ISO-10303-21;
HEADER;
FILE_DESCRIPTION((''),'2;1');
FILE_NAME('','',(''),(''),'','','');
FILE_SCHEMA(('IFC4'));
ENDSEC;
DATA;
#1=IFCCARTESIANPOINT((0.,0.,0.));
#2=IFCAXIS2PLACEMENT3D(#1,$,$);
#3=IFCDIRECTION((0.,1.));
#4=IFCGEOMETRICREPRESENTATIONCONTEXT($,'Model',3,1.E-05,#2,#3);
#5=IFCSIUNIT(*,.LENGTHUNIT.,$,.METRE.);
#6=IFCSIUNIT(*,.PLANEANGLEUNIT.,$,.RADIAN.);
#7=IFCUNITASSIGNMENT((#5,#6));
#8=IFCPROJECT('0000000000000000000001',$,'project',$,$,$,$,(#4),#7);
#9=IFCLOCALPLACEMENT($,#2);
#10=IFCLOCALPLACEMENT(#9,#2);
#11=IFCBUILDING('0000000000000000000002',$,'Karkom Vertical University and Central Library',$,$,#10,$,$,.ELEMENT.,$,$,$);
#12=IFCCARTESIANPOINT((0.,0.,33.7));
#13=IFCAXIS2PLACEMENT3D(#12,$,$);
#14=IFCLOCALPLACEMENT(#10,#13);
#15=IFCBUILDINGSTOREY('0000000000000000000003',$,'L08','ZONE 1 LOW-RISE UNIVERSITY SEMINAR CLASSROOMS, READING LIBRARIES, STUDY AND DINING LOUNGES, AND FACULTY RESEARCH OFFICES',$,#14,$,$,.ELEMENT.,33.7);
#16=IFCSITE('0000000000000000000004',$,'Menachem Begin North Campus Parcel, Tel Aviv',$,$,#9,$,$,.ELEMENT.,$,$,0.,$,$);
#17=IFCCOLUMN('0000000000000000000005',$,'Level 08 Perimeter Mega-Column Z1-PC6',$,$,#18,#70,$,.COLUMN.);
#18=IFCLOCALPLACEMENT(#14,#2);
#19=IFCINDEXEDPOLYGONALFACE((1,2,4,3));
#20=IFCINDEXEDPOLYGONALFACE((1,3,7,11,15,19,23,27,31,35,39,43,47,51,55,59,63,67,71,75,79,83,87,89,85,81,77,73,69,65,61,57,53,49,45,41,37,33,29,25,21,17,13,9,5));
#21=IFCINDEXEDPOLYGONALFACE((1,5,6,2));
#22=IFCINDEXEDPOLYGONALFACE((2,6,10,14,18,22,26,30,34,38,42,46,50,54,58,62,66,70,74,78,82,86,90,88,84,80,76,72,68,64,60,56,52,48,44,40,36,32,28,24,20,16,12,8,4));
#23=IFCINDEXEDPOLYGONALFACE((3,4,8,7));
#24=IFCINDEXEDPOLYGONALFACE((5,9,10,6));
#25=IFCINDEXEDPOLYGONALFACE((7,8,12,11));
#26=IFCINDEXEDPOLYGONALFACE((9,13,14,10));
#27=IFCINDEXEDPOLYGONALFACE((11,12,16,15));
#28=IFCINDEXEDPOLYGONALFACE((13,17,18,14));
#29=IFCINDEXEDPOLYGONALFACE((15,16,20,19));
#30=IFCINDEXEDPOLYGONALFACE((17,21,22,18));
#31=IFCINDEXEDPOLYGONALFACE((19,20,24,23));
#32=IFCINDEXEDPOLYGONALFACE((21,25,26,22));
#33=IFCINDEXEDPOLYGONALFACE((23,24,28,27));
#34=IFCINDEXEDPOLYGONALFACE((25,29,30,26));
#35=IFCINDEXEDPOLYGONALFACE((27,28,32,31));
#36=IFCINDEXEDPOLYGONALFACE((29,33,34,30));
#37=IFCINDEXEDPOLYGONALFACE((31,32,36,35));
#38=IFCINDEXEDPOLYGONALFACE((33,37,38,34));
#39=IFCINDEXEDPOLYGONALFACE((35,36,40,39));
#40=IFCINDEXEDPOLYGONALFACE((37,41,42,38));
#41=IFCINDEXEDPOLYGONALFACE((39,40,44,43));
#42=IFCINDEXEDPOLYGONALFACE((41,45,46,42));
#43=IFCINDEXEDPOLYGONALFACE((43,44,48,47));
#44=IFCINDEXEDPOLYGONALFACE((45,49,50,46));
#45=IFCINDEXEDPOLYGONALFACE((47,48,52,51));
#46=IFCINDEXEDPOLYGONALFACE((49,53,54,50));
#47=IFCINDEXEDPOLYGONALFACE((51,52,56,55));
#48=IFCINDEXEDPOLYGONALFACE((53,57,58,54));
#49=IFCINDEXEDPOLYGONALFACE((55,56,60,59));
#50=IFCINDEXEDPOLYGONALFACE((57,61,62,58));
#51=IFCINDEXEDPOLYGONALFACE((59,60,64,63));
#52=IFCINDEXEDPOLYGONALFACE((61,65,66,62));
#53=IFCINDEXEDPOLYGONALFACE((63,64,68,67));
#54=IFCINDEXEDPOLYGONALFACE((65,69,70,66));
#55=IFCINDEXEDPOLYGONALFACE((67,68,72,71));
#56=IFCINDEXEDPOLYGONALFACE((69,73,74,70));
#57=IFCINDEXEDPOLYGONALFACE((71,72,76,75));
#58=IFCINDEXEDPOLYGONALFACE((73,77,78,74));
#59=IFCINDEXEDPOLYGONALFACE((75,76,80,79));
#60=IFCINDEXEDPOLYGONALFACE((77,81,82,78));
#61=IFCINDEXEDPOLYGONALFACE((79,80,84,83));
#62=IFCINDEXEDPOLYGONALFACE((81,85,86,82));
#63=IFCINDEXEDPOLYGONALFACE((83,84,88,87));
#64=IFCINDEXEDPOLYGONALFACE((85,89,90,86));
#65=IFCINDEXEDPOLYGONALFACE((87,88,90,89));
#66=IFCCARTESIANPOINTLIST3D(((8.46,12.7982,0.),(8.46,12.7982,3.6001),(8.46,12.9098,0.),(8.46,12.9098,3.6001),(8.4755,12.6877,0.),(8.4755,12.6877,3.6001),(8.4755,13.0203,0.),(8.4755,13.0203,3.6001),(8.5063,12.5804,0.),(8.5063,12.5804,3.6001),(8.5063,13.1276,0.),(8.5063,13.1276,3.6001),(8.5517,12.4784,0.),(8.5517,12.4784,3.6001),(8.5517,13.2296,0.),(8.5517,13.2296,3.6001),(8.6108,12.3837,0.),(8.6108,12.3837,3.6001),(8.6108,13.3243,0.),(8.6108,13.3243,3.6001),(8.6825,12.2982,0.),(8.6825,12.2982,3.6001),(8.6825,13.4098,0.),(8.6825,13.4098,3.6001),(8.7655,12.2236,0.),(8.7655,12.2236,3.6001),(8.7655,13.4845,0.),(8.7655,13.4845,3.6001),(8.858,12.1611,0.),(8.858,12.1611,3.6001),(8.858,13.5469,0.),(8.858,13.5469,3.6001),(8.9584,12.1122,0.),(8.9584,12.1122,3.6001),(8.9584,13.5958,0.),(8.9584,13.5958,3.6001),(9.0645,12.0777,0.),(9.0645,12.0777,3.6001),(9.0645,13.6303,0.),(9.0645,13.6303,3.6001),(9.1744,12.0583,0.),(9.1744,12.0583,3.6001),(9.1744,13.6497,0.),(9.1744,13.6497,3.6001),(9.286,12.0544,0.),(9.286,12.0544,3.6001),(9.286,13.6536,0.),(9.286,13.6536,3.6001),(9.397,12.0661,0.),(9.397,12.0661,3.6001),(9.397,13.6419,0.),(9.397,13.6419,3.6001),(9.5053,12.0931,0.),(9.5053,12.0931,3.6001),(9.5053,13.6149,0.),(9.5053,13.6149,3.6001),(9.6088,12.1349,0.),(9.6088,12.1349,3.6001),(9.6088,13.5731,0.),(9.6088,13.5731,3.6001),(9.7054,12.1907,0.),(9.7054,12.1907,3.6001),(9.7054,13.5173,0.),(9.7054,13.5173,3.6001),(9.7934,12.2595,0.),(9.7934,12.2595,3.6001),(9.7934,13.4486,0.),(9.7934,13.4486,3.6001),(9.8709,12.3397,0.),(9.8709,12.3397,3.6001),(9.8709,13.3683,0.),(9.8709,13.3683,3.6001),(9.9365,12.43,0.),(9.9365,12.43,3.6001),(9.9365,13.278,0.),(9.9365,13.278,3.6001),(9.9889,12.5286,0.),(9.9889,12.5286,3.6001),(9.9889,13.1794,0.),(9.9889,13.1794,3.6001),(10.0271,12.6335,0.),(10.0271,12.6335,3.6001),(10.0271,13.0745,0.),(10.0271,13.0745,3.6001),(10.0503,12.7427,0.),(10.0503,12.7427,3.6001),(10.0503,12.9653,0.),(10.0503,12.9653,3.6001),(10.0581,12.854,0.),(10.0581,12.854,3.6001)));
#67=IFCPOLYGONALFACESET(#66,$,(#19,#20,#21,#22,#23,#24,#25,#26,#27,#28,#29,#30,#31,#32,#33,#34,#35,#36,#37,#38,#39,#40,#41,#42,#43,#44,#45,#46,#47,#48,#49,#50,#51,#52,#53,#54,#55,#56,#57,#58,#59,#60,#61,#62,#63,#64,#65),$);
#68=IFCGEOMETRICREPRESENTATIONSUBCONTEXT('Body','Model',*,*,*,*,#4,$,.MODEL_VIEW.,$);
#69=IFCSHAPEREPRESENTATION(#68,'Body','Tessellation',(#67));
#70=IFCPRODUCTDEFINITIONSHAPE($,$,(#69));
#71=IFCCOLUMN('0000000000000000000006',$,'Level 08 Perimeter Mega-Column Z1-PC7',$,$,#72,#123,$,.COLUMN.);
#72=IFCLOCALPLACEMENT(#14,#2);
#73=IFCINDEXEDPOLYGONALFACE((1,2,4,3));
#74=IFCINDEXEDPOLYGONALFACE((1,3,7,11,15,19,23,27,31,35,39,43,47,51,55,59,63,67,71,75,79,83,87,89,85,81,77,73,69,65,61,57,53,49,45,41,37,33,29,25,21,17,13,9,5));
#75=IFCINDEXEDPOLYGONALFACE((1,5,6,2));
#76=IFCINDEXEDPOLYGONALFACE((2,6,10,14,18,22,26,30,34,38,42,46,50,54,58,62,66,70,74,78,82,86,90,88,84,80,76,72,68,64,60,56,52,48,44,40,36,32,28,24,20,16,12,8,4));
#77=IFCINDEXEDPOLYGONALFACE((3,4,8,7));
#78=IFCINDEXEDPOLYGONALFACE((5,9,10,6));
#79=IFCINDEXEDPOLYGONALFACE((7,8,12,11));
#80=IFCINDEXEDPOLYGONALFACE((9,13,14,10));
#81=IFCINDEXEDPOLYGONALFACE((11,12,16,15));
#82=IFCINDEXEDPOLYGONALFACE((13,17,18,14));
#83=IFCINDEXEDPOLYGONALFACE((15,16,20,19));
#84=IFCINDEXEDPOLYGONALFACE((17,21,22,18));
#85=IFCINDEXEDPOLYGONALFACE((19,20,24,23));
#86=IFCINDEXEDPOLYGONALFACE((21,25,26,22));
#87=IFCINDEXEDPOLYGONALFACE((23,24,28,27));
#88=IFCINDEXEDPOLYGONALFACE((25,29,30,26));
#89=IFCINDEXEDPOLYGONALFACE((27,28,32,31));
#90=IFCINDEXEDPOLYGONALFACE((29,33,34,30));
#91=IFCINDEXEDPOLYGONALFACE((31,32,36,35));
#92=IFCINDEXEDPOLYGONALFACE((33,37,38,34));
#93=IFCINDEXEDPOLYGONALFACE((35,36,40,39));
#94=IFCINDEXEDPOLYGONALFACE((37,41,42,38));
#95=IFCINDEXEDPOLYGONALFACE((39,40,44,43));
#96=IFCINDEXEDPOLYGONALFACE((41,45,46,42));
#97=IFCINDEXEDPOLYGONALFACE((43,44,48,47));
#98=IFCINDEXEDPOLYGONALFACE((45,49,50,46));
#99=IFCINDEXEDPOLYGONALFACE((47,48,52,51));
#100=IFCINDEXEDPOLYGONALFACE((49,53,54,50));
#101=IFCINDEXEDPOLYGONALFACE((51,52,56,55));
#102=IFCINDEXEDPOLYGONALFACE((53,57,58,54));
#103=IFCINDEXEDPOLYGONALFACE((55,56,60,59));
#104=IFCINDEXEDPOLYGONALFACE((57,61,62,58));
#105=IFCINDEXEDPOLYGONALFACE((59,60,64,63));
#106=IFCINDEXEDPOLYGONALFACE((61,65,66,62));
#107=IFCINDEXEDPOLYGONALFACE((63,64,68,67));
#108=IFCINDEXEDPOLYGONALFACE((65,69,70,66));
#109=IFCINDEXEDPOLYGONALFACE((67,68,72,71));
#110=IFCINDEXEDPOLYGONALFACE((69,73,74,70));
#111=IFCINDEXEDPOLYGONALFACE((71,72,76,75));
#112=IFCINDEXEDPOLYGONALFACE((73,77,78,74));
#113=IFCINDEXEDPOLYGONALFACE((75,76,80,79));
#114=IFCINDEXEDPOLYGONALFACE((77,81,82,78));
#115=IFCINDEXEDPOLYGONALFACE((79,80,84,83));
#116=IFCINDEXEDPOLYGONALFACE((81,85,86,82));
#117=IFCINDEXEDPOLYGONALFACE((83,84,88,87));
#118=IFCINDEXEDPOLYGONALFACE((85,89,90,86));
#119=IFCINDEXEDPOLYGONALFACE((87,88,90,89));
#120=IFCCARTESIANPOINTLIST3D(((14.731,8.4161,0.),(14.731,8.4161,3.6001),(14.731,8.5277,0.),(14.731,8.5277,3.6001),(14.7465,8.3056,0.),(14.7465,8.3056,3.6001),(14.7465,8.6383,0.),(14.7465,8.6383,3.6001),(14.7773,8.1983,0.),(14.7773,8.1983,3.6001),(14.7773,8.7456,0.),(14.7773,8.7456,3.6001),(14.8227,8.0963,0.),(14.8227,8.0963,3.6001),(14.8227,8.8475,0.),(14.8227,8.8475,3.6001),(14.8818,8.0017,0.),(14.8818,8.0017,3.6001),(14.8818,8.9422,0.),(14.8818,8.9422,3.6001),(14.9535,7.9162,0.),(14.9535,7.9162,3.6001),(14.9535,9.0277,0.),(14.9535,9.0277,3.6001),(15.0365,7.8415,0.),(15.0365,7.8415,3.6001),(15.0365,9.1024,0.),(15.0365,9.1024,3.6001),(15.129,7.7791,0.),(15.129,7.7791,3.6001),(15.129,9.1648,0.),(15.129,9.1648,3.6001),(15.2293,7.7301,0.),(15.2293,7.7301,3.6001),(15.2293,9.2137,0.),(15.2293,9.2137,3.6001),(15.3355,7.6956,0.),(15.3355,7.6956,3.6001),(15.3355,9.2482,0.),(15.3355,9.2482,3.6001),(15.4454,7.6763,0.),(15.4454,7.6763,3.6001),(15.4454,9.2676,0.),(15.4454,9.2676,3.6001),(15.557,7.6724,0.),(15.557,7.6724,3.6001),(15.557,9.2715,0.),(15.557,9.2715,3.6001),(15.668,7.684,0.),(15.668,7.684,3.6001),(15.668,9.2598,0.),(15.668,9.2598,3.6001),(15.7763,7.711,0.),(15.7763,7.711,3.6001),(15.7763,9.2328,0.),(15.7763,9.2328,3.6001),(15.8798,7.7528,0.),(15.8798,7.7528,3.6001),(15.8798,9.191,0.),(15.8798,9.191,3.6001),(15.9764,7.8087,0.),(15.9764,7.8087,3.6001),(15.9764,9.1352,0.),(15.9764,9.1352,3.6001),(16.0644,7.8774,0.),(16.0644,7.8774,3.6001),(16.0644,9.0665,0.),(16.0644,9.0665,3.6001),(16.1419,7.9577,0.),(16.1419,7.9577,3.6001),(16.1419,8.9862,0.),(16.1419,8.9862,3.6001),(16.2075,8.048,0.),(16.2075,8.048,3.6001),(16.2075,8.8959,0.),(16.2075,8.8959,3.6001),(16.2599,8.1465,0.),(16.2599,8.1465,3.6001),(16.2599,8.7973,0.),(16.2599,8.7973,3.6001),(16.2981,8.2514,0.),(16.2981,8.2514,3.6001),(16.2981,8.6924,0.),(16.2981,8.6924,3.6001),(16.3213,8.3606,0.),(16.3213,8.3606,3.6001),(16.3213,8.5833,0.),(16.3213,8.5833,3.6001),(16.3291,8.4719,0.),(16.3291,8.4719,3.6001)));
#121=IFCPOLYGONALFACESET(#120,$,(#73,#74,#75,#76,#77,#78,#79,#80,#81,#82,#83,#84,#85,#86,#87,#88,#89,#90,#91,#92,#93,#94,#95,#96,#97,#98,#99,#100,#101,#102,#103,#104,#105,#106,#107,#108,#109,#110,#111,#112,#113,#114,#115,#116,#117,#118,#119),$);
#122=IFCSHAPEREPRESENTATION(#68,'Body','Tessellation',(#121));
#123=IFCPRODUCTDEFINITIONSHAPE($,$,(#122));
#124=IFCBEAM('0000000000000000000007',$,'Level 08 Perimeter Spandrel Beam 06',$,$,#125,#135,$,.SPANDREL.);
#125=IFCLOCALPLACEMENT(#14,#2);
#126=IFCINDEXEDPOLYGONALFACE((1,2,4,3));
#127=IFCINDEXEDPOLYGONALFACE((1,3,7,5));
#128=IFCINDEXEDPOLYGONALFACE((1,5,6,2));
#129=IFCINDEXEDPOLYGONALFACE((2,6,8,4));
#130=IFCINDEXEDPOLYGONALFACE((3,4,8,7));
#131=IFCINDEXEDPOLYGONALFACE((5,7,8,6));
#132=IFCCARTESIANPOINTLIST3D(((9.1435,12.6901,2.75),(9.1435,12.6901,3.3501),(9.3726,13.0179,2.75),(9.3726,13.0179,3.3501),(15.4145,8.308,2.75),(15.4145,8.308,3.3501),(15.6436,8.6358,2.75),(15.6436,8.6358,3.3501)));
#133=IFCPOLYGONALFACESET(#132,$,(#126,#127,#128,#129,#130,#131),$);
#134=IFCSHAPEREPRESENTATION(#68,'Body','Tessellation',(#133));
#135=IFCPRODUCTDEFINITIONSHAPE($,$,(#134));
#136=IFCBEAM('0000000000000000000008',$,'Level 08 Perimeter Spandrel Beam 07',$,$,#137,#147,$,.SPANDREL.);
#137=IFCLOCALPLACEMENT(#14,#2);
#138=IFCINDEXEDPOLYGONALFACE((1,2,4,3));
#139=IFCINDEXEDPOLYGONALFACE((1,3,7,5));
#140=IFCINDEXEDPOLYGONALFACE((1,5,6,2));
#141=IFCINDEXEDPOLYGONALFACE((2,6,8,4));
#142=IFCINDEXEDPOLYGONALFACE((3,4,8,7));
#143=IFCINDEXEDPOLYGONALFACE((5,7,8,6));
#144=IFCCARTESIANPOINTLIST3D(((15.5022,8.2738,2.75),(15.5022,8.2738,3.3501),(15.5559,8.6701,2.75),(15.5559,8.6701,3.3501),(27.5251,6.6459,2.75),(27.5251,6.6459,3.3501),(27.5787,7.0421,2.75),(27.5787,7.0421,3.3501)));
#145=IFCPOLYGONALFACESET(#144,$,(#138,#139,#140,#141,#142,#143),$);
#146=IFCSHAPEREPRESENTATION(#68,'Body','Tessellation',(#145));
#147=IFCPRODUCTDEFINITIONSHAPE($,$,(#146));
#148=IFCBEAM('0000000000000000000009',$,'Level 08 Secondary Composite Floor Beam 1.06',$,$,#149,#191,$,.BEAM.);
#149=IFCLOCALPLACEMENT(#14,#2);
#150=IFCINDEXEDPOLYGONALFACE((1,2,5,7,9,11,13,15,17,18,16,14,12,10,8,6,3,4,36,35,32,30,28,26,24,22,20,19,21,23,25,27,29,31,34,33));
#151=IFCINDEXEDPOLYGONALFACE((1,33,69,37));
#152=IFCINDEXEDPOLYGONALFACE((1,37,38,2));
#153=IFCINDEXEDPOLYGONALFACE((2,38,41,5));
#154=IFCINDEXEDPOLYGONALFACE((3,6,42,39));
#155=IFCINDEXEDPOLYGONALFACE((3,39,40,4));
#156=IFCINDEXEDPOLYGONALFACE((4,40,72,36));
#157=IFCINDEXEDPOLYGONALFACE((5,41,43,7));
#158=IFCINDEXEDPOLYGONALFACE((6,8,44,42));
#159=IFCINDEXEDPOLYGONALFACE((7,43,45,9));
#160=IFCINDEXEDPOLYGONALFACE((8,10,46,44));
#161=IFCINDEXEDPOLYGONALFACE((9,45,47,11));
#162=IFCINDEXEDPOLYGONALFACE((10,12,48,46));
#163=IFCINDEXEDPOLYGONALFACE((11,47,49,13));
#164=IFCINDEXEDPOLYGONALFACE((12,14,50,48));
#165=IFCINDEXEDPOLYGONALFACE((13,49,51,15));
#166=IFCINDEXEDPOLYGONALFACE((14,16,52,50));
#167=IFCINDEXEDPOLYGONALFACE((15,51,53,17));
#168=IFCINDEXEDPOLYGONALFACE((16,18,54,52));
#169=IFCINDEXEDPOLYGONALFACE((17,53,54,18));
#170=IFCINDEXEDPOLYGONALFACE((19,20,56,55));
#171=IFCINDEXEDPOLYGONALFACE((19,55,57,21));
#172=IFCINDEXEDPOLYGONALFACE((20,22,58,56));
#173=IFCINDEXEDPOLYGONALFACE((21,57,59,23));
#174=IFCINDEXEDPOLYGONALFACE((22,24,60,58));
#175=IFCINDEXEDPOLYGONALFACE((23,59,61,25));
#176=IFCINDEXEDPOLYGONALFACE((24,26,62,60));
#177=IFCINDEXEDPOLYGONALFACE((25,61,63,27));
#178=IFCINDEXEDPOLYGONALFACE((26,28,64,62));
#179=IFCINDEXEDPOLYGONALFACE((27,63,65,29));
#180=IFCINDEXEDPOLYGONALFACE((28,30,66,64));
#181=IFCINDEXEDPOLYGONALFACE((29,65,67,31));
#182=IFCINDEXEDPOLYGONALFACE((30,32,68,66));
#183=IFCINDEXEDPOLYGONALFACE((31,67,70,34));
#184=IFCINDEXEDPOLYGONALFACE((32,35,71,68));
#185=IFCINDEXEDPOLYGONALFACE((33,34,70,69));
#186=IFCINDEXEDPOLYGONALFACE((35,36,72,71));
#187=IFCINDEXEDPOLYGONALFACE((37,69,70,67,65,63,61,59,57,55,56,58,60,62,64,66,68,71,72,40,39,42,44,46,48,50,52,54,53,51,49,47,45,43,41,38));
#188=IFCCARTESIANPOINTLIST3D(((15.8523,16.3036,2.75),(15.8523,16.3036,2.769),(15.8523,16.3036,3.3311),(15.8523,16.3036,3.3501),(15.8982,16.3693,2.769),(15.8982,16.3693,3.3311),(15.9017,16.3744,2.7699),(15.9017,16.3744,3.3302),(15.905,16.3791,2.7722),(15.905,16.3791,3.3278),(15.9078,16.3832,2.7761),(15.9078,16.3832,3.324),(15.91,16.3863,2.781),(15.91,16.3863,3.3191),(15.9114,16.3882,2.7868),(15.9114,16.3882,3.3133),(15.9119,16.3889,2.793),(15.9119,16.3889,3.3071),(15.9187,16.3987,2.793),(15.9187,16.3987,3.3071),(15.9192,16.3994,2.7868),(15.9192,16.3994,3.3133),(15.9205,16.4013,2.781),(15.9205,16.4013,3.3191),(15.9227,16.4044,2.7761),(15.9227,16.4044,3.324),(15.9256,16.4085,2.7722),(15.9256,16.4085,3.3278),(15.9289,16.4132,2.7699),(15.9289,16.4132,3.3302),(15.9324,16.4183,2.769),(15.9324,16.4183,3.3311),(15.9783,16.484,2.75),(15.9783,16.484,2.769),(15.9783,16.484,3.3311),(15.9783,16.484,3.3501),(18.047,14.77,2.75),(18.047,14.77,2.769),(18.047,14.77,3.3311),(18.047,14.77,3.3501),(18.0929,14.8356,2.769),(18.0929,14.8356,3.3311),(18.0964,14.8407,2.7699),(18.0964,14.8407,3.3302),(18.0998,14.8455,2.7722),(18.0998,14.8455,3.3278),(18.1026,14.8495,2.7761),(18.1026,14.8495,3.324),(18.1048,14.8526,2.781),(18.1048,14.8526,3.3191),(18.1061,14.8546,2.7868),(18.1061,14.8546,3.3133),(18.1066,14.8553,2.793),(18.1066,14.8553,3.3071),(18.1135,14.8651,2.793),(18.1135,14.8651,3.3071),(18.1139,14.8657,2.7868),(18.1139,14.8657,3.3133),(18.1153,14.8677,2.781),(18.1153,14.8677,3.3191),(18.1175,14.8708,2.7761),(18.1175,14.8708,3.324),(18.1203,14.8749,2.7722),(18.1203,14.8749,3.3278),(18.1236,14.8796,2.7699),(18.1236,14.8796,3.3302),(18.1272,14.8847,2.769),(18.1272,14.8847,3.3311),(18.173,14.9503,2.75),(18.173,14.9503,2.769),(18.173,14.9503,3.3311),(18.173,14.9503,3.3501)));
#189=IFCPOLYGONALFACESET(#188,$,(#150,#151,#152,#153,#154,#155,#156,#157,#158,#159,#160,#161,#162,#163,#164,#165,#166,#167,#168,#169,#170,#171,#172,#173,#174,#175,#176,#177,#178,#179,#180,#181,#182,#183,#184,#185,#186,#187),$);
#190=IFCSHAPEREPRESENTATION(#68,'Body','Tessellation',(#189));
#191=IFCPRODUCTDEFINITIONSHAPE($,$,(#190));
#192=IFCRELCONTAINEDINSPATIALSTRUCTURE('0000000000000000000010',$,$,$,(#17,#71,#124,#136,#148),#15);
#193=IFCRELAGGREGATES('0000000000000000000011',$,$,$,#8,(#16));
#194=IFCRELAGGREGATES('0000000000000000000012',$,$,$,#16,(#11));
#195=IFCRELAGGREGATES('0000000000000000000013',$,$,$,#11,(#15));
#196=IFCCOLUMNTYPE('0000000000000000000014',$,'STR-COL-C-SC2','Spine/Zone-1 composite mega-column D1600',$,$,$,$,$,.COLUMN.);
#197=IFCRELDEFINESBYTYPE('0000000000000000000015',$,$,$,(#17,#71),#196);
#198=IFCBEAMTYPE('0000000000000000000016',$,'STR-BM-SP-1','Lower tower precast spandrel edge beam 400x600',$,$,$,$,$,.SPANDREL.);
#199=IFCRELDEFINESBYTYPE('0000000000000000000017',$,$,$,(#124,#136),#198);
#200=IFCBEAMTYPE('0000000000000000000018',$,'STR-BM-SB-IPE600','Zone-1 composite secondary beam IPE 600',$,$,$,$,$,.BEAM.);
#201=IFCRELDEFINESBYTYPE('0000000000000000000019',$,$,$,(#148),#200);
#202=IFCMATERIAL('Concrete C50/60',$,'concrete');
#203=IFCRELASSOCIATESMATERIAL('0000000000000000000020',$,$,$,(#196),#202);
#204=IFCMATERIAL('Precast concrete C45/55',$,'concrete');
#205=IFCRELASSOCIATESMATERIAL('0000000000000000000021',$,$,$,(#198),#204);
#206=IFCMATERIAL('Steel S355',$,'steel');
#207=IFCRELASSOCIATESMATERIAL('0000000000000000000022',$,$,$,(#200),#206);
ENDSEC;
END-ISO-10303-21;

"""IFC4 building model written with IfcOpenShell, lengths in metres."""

from ifc_helpers import new_model, si_unit, direction, frame, origin, origin_with_axes, origin_2d, place, context, subcontext, project, spatial, rectangle, circle, i_section, extrude, source, transform, mapped, material, material_profile, profile_set, type_object, element, save


model = new_model("IFC4")

# Units and contexts
model_context = context("Model", 3, precision=1e-05, world=origin(), true_north=direction((0.0, 1.0)))
body_context = subcontext(model_context, "Body", "Model", "MODEL_VIEW")
ifc_project = project(units=[si_unit("LENGTHUNIT", "METRE"), si_unit("PLANEANGLEUNIT", "RADIAN")], contexts=[model_context])

# Site, building, storey
site_placement = place(None, origin())
site = spatial("IfcSite", under=ifc_project, at=site_placement, Name="Menachem Begin North Campus Parcel, Tel Aviv", CompositionType="ELEMENT", RefElevation=0.0)
building_placement = place(site_placement, origin())
building = spatial("IfcBuilding", under=site, at=building_placement, Name="Karkom Vertical University and Central Library", CompositionType="ELEMENT")
storey_placement = place(building_placement, frame((0.0, 0.0, 33.7)))
storey = spatial("IfcBuildingStorey", under=building, at=storey_placement, Name="L08", Description="ZONE 1 LOW-RISE UNIVERSITY SEMINAR CLASSROOMS, READING LIBRARIES, STUDY AND DINING LOUNGES, AND FACULTY RESEARCH OFFICES", CompositionType="ELEMENT", Elevation=33.7)

# Columns
ifc_material_1 = material(Name="Concrete C50/60", Category="concrete")
ifc_material_profile_1 = material_profile(ifc_material_1, circle(Radius=0.8, at=origin_2d()), Name="CFT-D1600")
ifc_profile_set_1 = profile_set([ifc_material_profile_1], Name="Concrete C50/60")
column_type = type_object("IfcColumnType", Name="STR-COL-C-SC2", Description="Spine/Zone-1 composite mega-column D1600", PredefinedType="COLUMN", material=ifc_profile_set_1)
shared_shape_1 = source(origin_with_axes(), body_context, "Body", "SweptSolid", [
    extrude(circle(Radius=0.8, at=origin_2d()), origin(), (0.0, 0.0, 1.0), 3.6001),
])
for number, where, z_axis, x_axis, name in (
    (1, (9.2581, 12.854, 0.0), (0.0, 0.0, 1.0), (1.0, 0.0, 0.0), "Level 08 Perimeter Mega-Column Z1-PC6"),
    (2, (15.5291, 8.4719, 0.0), (0.0, 0.0, 1.0), (1.0, 0.0, 0.0), "Level 08 Perimeter Mega-Column Z1-PC7"),
):
    element("IfcColumn", number, at=place(storey_placement, frame(where, z_axis=z_axis, x_axis=x_axis)), inside=storey, type_object=column_type, Name=name, PredefinedType="COLUMN", context=body_context, shape_type="MappedRepresentation", body=[
        mapped(shared_shape_1, transform((0.0, 0.0, 0.0), scale=1.0)),
    ])

# Beams
ifc_material_2 = material(Name="Precast concrete C45/55", Category="concrete")
ifc_material_profile_2 = material_profile(ifc_material_2, rectangle(XDim=0.3999, YDim=0.6001, at=origin_2d()), Name="SPB-400x600")
ifc_profile_set_2 = profile_set([ifc_material_profile_2], Name="Precast concrete C45/55")
beam_type_1 = type_object("IfcBeamType", Name="STR-BM-SP-1", Description="Lower tower precast spandrel edge beam 400x600", PredefinedType="SPANDREL", material=ifc_profile_set_2)
shared_shape_2 = source(origin_with_axes(), body_context, "Body", "SweptSolid", [
    extrude(rectangle(XDim=0.3999, YDim=0.6001, at=origin_2d()), origin(), (0.0, 0.0, 1.0), 7.6504),
])
beam_1_placement = place(storey_placement, frame((9.2581, 12.854, 3.05), z_axis=(0.819699, -0.572794, 0.0), x_axis=(0.572794, 0.819699, 0.0)))
element("IfcBeam", 3, at=beam_1_placement, inside=storey, type_object=beam_type_1, Name="Level 08 Perimeter Spandrel Beam 06", PredefinedType="SPANDREL", context=body_context, shape_type="MappedRepresentation", body=[
    mapped(shared_shape_2, transform((0.0, 0.0, 0.0), scale=1.0)),
])
shared_shape_3 = source(origin_with_axes(), body_context, "Body", "SweptSolid", [
    extrude(rectangle(XDim=0.3999, YDim=0.6001, at=origin_2d()), origin(), (0.0, 0.0, 1.0), 12.1326),
])
beam_2_placement = place(storey_placement, frame((15.5291, 8.4719, 3.05), z_axis=(0.990957, -0.134177, 0.0), x_axis=(0.134177, 0.990957, 0.0)))
element("IfcBeam", 4, at=beam_2_placement, inside=storey, type_object=beam_type_1, Name="Level 08 Perimeter Spandrel Beam 07", PredefinedType="SPANDREL", context=body_context, shape_type="MappedRepresentation", body=[
    mapped(shared_shape_3, transform((0.0, 0.0, 0.0), scale=1.0)),
])
ifc_material_3 = material(Name="Steel S355", Category="steel")
ifc_material_profile_3 = material_profile(ifc_material_3, i_section(OverallWidth=0.22, OverallDepth=0.6001, WebThickness=0.012, FlangeThickness=0.019, FilletRadius=0.0239, at=origin_2d()), Name="IPE 600")
ifc_profile_set_3 = profile_set([ifc_material_profile_3], Name="Steel S355")
beam_type_2 = type_object("IfcBeamType", Name="STR-BM-SB-IPE600", Description="Zone-1 composite secondary beam IPE 600", PredefinedType="BEAM", material=ifc_profile_set_3)
shared_shape_4 = source(origin_with_axes(), body_context, "Body", "SweptSolid", [
    extrude(i_section(OverallWidth=0.22, OverallDepth=0.6001, WebThickness=0.012, FlangeThickness=0.019, FilletRadius=0.0239, at=origin_2d()), origin(), (0.0, 0.0, 1.0), 2.6775),
])
beam_3_placement = place(storey_placement, frame((15.9153, 16.3938, 3.05), z_axis=(0.819703, -0.572789, 0.0), x_axis=(0.572789, 0.819703, 0.0)))
element("IfcBeam", 5, at=beam_3_placement, inside=storey, type_object=beam_type_2, Name="Level 08 Secondary Composite Floor Beam 1.06", PredefinedType="BEAM", context=body_context, shape_type="MappedRepresentation", body=[
    mapped(shared_shape_4, transform((0.0, 0.0, 0.0), scale=1.0)),
])

save(model, "model.ifc")
